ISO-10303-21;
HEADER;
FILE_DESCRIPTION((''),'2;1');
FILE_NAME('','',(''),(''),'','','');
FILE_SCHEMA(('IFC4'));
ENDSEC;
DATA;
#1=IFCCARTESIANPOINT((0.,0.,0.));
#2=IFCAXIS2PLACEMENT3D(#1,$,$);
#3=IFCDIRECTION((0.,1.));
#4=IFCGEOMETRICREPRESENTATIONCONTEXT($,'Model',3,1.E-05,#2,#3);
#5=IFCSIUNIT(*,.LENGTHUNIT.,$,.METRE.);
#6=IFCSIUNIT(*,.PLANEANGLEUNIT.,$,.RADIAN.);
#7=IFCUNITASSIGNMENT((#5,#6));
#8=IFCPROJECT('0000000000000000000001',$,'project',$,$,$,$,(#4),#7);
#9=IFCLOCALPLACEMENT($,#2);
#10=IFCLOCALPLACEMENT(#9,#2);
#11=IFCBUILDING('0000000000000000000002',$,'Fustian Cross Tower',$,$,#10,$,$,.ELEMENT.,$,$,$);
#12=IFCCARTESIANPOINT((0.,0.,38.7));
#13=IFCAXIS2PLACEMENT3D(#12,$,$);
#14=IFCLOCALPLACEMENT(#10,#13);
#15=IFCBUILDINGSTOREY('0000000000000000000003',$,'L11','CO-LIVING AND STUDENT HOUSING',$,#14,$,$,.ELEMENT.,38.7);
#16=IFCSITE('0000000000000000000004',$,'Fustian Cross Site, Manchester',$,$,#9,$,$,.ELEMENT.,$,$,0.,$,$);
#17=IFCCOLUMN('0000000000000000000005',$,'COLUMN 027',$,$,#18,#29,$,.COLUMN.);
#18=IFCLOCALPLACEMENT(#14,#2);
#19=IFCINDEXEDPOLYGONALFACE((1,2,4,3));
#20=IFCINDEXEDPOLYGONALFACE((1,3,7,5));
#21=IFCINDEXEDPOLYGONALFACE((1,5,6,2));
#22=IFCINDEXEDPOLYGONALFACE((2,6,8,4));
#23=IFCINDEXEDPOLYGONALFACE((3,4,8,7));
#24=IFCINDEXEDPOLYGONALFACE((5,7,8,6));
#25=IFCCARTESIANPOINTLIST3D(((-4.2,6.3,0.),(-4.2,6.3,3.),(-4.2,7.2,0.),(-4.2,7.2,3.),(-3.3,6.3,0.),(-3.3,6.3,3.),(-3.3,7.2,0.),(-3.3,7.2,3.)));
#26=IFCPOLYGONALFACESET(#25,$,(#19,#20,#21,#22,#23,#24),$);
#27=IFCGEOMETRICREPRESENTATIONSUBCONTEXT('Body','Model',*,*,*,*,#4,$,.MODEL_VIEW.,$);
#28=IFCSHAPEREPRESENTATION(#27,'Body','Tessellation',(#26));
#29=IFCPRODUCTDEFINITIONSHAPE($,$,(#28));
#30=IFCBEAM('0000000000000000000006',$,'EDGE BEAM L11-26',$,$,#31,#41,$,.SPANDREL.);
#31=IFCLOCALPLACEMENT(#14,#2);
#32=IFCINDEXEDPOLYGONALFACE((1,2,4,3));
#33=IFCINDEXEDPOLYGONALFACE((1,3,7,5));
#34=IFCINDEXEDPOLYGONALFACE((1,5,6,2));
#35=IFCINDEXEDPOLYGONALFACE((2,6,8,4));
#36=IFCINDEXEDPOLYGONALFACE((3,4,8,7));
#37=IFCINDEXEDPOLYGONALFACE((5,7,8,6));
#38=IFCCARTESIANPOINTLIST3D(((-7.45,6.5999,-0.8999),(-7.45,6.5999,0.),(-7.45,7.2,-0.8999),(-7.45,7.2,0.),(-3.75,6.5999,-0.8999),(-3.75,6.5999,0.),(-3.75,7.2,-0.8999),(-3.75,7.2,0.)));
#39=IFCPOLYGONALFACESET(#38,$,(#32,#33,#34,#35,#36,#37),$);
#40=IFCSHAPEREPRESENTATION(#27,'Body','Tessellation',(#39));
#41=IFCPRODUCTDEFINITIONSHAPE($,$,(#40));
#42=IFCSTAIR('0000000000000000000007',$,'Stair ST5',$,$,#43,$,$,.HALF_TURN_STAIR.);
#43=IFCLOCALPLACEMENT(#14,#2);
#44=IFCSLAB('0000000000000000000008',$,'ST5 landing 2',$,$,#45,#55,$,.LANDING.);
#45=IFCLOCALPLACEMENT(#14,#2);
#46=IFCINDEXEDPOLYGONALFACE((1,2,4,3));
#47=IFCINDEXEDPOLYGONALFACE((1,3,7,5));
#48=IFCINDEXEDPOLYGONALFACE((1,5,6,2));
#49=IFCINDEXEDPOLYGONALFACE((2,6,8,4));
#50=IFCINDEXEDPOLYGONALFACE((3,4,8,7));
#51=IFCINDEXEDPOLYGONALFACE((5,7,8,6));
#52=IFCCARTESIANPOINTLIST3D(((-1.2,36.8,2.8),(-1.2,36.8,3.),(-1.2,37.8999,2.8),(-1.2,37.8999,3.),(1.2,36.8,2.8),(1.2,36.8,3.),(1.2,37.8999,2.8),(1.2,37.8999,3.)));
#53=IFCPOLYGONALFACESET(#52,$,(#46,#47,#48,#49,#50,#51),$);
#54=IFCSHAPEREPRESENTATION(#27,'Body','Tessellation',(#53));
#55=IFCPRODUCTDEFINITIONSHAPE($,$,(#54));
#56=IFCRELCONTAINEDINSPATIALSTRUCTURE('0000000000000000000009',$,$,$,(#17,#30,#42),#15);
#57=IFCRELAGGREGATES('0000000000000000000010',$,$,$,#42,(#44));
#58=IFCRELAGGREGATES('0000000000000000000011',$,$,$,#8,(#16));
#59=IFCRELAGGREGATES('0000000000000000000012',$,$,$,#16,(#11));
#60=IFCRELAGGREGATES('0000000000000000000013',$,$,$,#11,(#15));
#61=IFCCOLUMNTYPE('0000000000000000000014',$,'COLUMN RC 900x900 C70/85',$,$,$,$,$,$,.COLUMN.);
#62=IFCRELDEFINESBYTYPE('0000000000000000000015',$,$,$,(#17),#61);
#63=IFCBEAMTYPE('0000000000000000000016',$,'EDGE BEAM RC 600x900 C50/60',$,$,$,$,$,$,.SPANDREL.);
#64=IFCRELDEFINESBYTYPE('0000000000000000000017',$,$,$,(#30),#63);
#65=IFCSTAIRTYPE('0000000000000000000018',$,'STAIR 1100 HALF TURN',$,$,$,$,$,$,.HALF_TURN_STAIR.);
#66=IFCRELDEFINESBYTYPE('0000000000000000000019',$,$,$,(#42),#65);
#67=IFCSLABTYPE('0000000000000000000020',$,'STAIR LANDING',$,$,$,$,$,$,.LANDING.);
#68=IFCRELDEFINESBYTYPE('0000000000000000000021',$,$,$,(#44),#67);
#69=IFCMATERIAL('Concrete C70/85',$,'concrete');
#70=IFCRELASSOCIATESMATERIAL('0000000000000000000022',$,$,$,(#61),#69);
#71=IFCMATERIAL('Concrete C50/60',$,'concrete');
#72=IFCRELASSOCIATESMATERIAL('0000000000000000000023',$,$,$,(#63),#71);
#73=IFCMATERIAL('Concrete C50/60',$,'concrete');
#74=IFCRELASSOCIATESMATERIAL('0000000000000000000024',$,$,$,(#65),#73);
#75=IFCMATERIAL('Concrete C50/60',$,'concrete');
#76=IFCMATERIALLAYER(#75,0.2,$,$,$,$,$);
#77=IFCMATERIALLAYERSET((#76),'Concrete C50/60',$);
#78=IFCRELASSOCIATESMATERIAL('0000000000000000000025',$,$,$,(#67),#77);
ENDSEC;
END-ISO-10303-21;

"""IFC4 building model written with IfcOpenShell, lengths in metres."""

from ifc_helpers import new_model, si_unit, direction, frame, origin, origin_2d, place, context, subcontext, project, spatial, polyline, rectangle, outline, extrude, material, layer, layer_set, material_profile, profile_set, type_object, element, aggregate, save


model = new_model("IFC4")

# Units and contexts
model_context = context("Model", 3, precision=1e-05, world=origin(), true_north=direction((0.0, 1.0)))
body_context = subcontext(model_context, "Body", "Model", "MODEL_VIEW")
ifc_project = project(units=[si_unit("LENGTHUNIT", "METRE"), si_unit("PLANEANGLEUNIT", "RADIAN")], contexts=[model_context])

# Site, building, storey
site_placement = place(None, origin())
site = spatial("IfcSite", under=ifc_project, at=site_placement, Name="Fustian Cross Site, Manchester", CompositionType="ELEMENT", RefElevation=0.0)
building_placement = place(site_placement, origin())
building = spatial("IfcBuilding", under=site, at=building_placement, Name="Fustian Cross Tower", CompositionType="ELEMENT")
storey_placement = place(building_placement, frame((0.0, 0.0, 38.7)))
storey = spatial("IfcBuildingStorey", under=building, at=storey_placement, Name="L11", Description="CO-LIVING AND STUDENT HOUSING", CompositionType="ELEMENT", Elevation=38.7)

# Column
ifc_material_1 = material(Name="Concrete C70/85", Category="concrete")
ifc_material_profile_1 = material_profile(ifc_material_1, rectangle(XDim=0.8999, YDim=0.8999, at=origin_2d()), Name="RC 900x900")
ifc_profile_set_1 = profile_set([ifc_material_profile_1], Name="Concrete C70/85")
column_type = type_object("IfcColumnType", Name="COLUMN RC 900x900 C70/85", PredefinedType="COLUMN", material=ifc_profile_set_1)
column_placement = place(storey_placement, frame((-3.75, 6.75, 0.0), z_axis=(0.0, 0.0, 1.0), x_axis=(1.0, 0.0, 0.0)))
element("IfcColumn", 1, at=column_placement, inside=storey, type_object=column_type, Name="COLUMN 027", PredefinedType="COLUMN", context=body_context, shape_type="SweptSolid", body=[
    extrude(rectangle(XDim=0.8999, YDim=0.8999, at=origin_2d()), origin(), (0.0, 0.0, 1.0), 3.0),
])

# Beam
ifc_material_2 = material(Name="Concrete C50/60", Category="concrete")
ifc_material_profile_2 = material_profile(ifc_material_2, rectangle(XDim=0.6001, YDim=0.8999, at=origin_2d()), Name="RC 600x900")
ifc_profile_set_2 = profile_set([ifc_material_profile_2], Name="Concrete C50/60")
beam_type = type_object("IfcBeamType", Name="EDGE BEAM RC 600x900 C50/60", PredefinedType="SPANDREL", material=ifc_profile_set_2)
beam_placement = place(storey_placement, frame((-3.75, 6.8999, -0.45), z_axis=(-1.0, 0.0, 0.0), x_axis=(0.0, -1.0, 0.0)))
element("IfcBeam", 2, at=beam_placement, inside=storey, type_object=beam_type, Name="EDGE BEAM L11-26", PredefinedType="SPANDREL", context=body_context, shape_type="SweptSolid", body=[
    extrude(rectangle(XDim=0.6001, YDim=0.8999, at=origin_2d()), origin(), (0.0, 0.0, 1.0), 3.7),
])

# Stair, slab
ifc_material_3 = material(Name="Concrete C50/60", Category="concrete")
stair_type = type_object("IfcStairType", Name="STAIR 1100 HALF TURN", PredefinedType="HALF_TURN_STAIR", material=ifc_material_3)
stair_placement = place(storey_placement, origin())
stair = element("IfcStair", 3, at=stair_placement, inside=storey, type_object=stair_type, Name="Stair ST5", PredefinedType="HALF_TURN_STAIR")
ifc_material_4 = material(Name="Concrete C50/60", Category="concrete")
ifc_layer_1 = layer(ifc_material_4, 0.2)
ifc_layer_set_1 = layer_set([ifc_layer_1], Name="Concrete C50/60")
slab_type = type_object("IfcSlabType", Name="STAIR LANDING", PredefinedType="LANDING", material=ifc_layer_set_1)
slab_placement = place(storey_placement, frame((0.0, 0.0, 2.8)))
slab = element("IfcSlab", 4, at=slab_placement, type_object=slab_type, Name="ST5 landing 2", PredefinedType="LANDING", context=body_context, shape_type="SweptSolid", body=[
    extrude(outline(polyline([(-1.2, 36.8), (-1.2, 37.8999), (1.2, 37.8999), (1.2, 36.8), (-1.2, 36.8)])), origin(), (0.0, 0.0, 1.0), 0.2),
])
aggregate(stair, [slab])

save(model, "model.ifc")
